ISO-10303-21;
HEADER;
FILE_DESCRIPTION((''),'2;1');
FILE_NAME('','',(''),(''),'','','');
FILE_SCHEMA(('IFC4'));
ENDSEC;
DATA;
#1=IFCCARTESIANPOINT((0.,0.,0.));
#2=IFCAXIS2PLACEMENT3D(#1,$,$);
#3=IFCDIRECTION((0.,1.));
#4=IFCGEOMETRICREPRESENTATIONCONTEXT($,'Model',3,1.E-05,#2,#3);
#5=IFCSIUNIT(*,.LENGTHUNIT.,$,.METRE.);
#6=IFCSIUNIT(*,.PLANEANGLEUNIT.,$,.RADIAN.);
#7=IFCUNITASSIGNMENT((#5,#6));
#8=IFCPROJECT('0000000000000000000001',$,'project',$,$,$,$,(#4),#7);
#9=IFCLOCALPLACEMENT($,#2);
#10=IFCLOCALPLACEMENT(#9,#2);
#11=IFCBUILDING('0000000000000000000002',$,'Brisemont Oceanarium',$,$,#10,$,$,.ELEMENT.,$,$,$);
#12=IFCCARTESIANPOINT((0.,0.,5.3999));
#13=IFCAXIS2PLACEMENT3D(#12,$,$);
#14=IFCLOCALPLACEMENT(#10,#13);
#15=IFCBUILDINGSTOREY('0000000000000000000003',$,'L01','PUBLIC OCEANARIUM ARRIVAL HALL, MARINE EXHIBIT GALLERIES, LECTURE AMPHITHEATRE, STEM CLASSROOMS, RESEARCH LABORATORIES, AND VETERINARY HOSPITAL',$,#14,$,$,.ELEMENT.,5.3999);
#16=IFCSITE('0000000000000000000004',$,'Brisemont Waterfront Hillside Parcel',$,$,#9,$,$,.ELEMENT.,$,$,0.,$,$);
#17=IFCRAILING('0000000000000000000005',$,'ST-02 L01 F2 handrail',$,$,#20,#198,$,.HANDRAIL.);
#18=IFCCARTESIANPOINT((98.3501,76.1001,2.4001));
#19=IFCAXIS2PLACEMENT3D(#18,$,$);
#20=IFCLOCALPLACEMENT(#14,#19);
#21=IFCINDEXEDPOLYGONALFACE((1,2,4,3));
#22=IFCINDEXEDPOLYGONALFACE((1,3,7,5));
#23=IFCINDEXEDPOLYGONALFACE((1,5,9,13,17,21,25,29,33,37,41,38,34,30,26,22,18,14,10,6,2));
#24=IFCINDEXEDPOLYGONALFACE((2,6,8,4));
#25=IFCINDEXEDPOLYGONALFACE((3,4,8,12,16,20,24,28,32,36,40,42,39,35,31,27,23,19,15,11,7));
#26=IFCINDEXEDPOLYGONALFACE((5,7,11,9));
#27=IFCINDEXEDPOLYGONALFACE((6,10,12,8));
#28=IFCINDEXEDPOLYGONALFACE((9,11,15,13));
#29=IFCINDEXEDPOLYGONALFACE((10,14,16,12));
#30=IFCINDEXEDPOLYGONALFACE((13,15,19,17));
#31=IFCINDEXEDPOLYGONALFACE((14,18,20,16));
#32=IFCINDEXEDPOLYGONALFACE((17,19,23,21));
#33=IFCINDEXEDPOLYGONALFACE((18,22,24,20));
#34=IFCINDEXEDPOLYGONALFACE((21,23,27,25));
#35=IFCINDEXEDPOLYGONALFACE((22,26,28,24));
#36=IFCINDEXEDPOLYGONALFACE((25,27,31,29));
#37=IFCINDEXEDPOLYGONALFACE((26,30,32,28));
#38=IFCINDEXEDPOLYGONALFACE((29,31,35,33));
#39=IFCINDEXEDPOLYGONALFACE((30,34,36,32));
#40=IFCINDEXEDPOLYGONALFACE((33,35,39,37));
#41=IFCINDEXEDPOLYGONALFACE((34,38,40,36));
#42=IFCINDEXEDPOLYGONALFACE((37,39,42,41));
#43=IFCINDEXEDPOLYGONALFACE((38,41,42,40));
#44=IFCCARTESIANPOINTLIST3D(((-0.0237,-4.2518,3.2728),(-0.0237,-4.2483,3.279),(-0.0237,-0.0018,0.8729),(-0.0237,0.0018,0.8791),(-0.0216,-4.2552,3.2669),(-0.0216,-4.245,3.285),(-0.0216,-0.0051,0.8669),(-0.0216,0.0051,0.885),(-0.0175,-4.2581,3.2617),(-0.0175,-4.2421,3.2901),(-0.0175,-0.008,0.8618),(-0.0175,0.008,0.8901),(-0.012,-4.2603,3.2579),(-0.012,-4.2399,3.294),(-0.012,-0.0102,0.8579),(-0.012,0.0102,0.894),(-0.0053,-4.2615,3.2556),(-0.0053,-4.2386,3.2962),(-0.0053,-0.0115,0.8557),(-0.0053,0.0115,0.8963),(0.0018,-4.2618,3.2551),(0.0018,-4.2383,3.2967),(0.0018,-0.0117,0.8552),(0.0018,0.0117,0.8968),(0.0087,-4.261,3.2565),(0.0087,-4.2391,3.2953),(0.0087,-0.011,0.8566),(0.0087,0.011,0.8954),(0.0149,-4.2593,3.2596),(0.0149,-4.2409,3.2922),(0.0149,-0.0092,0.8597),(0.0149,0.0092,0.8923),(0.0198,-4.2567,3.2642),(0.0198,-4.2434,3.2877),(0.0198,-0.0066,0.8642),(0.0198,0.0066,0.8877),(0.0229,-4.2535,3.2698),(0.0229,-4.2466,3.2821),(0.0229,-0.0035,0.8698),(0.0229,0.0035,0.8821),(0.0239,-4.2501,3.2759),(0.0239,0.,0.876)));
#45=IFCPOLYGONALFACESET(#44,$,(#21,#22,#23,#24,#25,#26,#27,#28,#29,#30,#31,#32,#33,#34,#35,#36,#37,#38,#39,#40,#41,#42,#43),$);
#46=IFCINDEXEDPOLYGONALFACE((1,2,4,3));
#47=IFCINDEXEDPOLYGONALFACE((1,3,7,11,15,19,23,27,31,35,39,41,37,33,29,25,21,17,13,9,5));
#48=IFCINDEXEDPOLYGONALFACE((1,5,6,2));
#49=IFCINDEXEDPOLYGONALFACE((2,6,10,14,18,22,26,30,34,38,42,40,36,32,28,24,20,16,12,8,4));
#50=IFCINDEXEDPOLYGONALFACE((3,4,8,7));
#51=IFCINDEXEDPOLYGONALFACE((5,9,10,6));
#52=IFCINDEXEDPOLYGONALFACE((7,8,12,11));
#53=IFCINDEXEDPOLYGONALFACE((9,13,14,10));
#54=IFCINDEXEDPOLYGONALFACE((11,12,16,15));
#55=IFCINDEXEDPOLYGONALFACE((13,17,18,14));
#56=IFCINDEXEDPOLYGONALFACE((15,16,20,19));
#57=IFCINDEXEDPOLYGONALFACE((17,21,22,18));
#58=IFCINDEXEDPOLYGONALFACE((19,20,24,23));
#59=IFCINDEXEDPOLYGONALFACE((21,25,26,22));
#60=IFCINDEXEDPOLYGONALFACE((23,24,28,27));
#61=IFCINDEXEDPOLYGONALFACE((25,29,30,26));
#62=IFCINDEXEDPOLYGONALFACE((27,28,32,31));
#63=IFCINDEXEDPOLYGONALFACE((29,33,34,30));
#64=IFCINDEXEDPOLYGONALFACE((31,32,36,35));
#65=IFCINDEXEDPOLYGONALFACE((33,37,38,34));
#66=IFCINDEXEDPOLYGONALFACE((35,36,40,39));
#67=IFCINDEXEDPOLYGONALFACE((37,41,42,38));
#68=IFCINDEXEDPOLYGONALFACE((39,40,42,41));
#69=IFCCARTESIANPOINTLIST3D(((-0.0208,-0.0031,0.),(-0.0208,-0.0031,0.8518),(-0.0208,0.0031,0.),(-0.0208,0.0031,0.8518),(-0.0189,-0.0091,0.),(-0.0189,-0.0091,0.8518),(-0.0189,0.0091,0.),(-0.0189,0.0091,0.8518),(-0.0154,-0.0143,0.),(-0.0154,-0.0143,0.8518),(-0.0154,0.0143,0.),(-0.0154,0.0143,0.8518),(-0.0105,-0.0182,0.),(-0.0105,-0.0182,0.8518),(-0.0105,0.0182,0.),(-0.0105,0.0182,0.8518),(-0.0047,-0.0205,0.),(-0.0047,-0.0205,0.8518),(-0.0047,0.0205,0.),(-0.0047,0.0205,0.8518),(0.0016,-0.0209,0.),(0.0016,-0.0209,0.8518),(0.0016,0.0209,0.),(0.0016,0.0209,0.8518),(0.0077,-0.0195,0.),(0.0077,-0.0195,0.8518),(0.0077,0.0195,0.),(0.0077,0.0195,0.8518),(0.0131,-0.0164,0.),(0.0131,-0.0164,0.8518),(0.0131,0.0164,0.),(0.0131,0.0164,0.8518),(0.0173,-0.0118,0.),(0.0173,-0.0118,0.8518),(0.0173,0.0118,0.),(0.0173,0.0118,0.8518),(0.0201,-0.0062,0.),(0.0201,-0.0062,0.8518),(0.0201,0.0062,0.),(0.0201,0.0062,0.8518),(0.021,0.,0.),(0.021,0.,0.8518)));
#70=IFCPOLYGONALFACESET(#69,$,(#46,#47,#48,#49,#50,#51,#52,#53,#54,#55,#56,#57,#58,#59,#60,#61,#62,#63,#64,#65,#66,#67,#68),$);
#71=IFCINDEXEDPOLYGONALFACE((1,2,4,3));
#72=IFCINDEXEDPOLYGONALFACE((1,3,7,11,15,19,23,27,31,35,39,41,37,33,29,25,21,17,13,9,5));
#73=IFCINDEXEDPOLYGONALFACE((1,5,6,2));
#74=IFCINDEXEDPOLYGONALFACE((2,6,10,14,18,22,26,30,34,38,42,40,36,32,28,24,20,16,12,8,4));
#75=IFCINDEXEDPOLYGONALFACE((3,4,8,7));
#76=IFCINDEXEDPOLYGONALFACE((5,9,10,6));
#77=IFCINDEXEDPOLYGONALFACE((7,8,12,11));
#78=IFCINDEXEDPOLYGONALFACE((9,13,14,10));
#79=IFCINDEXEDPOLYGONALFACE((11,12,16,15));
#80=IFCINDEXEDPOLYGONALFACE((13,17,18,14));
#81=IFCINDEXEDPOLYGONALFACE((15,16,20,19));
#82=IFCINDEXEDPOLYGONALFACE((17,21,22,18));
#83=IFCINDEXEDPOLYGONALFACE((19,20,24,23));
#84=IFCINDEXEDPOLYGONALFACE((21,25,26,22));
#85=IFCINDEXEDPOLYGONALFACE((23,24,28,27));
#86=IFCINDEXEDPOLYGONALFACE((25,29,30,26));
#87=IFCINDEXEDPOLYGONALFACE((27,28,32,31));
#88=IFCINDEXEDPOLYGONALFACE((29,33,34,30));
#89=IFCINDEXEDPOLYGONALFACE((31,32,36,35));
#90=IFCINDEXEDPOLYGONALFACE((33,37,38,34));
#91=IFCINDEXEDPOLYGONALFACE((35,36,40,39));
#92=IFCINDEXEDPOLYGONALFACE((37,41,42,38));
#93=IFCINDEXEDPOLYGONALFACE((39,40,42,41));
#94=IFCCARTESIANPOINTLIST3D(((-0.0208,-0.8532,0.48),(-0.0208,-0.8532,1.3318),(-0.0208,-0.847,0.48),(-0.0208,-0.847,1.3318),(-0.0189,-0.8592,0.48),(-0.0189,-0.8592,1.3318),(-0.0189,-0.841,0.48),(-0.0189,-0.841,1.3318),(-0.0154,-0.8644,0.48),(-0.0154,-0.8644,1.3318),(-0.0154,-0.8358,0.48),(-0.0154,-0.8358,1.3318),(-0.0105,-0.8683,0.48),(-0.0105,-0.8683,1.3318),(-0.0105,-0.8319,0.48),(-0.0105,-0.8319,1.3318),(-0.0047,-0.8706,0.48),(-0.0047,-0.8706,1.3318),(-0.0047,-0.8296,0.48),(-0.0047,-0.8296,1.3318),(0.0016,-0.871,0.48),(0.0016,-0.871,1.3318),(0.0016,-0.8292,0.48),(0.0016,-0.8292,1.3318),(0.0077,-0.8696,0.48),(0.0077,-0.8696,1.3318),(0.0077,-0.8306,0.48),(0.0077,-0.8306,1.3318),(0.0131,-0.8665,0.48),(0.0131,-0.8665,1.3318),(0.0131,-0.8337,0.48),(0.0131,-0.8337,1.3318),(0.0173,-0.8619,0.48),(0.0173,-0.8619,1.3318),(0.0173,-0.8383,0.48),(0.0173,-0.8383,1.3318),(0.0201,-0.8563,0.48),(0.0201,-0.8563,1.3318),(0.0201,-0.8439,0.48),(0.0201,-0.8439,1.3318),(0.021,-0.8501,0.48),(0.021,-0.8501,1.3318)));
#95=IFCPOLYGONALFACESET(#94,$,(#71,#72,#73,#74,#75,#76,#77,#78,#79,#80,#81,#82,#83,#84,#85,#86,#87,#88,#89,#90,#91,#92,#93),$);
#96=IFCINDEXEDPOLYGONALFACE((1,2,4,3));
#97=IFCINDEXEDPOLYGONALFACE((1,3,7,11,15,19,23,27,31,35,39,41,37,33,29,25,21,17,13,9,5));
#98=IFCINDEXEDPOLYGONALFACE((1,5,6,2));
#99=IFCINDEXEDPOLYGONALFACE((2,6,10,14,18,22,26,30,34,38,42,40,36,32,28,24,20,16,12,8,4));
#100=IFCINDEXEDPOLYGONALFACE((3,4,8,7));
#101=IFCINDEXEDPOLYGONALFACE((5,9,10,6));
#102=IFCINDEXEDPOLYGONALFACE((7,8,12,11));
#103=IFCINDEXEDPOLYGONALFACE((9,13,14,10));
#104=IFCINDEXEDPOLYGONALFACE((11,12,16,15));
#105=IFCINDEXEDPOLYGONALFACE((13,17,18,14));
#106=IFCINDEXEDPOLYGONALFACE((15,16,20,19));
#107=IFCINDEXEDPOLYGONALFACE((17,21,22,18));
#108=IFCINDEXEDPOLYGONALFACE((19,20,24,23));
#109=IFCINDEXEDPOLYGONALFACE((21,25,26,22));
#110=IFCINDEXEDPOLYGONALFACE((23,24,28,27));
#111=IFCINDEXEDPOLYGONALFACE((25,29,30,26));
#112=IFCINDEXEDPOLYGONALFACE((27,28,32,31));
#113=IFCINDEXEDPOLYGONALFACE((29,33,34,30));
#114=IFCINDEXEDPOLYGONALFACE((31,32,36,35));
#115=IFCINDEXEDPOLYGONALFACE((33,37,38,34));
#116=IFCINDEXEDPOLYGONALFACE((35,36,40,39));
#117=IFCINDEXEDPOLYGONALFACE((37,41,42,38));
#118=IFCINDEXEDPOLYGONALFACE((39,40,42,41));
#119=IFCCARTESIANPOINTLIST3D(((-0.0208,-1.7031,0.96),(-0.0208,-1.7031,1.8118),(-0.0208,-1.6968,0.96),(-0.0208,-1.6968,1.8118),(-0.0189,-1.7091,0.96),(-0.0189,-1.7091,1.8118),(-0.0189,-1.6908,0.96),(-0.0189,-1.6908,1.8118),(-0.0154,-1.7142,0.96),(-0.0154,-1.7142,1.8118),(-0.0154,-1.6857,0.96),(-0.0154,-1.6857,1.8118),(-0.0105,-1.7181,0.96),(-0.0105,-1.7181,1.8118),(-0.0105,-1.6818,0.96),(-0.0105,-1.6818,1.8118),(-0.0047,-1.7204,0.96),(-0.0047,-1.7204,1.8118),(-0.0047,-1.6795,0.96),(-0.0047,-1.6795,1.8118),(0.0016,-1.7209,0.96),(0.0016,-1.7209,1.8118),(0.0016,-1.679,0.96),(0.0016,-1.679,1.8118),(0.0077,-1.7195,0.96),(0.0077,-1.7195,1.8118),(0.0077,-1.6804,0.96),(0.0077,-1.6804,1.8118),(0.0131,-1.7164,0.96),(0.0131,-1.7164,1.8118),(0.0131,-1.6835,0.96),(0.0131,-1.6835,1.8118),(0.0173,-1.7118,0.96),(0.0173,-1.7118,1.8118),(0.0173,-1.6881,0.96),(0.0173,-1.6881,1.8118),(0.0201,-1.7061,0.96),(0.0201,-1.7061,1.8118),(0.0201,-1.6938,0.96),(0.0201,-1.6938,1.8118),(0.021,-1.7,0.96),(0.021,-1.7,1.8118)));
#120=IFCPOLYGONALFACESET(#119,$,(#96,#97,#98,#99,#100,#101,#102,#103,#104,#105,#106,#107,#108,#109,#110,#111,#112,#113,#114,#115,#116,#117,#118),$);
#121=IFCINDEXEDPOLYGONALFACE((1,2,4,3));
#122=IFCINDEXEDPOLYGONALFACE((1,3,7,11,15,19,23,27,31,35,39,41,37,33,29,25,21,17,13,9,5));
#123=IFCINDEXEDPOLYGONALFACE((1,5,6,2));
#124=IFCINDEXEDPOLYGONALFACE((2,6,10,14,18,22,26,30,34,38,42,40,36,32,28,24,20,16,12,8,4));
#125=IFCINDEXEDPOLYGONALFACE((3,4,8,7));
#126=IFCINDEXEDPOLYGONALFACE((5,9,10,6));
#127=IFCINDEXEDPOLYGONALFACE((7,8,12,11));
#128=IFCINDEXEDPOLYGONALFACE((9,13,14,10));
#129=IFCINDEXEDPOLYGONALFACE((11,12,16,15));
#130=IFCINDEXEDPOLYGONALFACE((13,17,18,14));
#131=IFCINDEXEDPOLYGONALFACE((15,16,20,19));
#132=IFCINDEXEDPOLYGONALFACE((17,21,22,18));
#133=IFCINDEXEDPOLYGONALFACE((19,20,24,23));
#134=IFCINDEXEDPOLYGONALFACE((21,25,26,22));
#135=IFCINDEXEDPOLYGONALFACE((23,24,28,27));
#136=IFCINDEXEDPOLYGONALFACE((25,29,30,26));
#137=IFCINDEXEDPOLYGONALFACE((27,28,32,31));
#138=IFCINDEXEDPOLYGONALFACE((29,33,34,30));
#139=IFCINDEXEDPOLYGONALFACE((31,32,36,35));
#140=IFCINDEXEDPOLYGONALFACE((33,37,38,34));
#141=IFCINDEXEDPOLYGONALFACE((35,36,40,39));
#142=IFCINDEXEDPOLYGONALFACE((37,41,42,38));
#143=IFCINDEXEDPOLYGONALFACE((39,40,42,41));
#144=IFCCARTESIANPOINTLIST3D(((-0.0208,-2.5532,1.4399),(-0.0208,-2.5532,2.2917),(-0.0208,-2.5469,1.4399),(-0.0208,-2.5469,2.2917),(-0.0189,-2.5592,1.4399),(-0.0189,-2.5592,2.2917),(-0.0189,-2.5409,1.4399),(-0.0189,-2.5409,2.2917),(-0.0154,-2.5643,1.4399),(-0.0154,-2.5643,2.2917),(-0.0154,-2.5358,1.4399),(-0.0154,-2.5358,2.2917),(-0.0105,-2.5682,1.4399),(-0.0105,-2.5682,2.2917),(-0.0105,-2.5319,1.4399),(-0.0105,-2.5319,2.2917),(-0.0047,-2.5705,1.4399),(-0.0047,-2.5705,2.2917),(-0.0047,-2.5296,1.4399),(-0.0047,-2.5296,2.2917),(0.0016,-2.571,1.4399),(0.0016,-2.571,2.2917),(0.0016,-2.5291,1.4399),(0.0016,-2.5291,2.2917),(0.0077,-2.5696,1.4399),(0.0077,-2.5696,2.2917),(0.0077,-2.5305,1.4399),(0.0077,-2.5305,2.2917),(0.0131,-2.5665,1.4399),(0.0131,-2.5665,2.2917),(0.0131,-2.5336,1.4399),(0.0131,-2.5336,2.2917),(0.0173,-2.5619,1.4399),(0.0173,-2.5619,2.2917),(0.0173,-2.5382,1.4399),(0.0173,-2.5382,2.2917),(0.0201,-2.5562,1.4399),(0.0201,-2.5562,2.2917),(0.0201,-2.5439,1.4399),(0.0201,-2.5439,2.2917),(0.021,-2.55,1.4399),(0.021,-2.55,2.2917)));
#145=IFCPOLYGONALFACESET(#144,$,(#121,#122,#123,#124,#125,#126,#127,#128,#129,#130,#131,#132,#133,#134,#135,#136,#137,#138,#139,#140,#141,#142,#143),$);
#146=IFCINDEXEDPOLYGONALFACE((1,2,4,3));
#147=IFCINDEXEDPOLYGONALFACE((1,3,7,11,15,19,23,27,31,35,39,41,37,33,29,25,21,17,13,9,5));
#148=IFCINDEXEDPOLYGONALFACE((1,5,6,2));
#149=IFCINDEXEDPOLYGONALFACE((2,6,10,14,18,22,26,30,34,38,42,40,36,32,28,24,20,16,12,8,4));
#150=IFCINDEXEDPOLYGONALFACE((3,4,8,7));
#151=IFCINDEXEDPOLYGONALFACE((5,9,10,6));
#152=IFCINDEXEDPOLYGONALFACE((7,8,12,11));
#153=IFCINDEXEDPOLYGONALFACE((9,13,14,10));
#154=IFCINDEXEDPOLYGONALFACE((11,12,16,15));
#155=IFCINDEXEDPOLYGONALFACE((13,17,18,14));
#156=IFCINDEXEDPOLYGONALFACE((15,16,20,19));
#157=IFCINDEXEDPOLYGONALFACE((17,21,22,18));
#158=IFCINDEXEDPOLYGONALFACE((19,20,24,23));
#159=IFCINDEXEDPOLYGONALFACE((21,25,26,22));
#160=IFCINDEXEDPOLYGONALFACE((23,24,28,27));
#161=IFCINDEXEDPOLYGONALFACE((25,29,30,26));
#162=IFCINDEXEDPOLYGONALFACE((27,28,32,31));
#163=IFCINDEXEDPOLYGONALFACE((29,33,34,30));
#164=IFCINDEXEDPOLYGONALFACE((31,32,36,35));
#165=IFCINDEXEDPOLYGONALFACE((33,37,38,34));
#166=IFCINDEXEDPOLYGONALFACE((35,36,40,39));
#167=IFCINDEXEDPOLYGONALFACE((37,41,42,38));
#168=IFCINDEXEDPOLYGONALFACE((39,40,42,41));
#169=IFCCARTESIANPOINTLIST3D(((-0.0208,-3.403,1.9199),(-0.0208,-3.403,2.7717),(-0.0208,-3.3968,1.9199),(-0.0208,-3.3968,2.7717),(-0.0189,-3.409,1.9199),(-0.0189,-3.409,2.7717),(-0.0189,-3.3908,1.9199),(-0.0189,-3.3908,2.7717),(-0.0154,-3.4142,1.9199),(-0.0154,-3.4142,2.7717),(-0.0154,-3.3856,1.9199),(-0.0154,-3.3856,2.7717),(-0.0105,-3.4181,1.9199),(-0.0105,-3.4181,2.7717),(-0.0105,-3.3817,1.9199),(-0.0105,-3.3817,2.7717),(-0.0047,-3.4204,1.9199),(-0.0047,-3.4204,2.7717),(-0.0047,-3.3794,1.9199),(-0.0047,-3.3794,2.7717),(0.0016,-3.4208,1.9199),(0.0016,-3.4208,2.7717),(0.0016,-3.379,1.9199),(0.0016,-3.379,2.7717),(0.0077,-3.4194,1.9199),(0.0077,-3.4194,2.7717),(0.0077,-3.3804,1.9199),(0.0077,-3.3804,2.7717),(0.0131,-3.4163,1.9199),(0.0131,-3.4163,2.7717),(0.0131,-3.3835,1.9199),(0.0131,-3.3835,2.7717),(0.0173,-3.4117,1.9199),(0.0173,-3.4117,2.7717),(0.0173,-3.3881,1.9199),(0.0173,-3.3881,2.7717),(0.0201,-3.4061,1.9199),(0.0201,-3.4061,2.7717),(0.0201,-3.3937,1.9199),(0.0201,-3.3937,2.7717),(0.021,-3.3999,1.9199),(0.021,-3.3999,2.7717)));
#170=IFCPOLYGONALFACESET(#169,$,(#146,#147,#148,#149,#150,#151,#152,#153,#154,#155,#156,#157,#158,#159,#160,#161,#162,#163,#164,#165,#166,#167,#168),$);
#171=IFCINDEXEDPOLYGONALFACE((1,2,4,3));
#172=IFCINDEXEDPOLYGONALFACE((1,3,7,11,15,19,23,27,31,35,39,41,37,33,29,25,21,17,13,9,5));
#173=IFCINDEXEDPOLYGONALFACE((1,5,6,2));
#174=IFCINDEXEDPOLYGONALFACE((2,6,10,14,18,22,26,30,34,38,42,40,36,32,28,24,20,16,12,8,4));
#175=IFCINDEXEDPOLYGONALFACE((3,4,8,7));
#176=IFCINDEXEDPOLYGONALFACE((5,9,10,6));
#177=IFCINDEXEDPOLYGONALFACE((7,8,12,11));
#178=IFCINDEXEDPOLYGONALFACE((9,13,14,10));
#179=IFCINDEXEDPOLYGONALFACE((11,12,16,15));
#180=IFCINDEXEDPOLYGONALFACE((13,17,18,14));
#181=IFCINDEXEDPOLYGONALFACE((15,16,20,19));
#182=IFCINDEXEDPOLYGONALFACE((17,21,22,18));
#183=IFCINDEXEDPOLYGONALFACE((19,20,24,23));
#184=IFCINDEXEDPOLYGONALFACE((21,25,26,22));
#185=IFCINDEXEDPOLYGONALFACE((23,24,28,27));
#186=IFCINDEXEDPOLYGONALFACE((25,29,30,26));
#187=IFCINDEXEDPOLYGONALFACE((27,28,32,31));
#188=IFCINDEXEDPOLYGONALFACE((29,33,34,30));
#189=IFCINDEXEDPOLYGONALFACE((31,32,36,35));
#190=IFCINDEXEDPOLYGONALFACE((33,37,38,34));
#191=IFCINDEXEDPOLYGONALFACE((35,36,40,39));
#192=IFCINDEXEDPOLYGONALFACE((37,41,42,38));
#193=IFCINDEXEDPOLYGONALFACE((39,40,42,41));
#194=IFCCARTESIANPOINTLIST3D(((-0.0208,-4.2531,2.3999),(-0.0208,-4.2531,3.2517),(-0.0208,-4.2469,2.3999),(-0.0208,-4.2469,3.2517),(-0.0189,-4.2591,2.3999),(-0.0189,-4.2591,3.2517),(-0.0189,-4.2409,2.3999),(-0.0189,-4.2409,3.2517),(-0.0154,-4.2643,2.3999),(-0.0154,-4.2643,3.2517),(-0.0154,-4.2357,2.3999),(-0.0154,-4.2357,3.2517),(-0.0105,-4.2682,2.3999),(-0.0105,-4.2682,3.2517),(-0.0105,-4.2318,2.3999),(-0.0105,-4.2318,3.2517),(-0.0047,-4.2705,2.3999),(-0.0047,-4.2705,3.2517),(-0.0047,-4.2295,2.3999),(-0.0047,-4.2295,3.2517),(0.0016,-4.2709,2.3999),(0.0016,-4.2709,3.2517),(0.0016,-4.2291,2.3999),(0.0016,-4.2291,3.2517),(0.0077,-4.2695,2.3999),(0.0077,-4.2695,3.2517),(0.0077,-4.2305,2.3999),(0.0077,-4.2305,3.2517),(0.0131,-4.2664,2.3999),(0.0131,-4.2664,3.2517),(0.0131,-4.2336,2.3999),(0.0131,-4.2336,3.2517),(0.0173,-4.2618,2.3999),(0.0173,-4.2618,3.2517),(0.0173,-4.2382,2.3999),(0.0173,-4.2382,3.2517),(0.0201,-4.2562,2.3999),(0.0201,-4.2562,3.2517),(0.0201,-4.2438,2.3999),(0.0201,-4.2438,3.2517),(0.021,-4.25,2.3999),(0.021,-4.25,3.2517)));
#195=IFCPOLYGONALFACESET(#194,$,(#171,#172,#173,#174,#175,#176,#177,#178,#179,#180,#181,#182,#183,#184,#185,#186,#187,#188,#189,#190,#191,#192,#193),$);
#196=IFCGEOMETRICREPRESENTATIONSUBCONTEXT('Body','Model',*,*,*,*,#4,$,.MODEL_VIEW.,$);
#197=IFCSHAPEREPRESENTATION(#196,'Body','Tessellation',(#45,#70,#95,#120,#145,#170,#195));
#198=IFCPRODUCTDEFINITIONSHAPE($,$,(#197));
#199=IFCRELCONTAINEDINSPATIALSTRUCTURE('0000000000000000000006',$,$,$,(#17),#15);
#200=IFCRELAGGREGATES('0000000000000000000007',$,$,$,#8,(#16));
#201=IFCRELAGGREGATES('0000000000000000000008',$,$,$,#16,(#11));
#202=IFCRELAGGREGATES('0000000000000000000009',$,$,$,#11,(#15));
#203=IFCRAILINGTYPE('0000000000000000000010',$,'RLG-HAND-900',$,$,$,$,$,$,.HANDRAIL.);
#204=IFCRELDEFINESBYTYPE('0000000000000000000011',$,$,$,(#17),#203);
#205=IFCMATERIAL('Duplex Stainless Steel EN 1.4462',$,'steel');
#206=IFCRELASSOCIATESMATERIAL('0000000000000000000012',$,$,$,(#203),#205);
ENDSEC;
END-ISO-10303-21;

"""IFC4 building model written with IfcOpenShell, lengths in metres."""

from ifc_helpers import new_model, si_unit, direction, frame, origin, origin_2d, place, context, subcontext, project, spatial, circle, extrude, material, type_object, element, save


model = new_model("IFC4")

# Units and contexts
model_context = context("Model", 3, precision=1e-05, world=origin(), true_north=direction((0.0, 1.0)))
body_context = subcontext(model_context, "Body", "Model", "MODEL_VIEW")
ifc_project = project(units=[si_unit("LENGTHUNIT", "METRE"), si_unit("PLANEANGLEUNIT", "RADIAN")], contexts=[model_context])

# Site, building, storey
site_placement = place(None, origin())
site = spatial("IfcSite", under=ifc_project, at=site_placement, Name="Brisemont Waterfront Hillside Parcel", CompositionType="ELEMENT", RefElevation=0.0)
building_placement = place(site_placement, origin())
building = spatial("IfcBuilding", under=site, at=building_placement, Name="Brisemont Oceanarium", CompositionType="ELEMENT")
storey_placement = place(building_placement, frame((0.0, 0.0, 5.3999)))
storey = spatial("IfcBuildingStorey", under=building, at=storey_placement, Name="L01", Description="PUBLIC OCEANARIUM ARRIVAL HALL, MARINE EXHIBIT GALLERIES, LECTURE AMPHITHEATRE, STEM CLASSROOMS, RESEARCH LABORATORIES, AND VETERINARY HOSPITAL", CompositionType="ELEMENT", Elevation=5.3999)

# Railing
ifc_material_1 = material(Name="Duplex Stainless Steel EN 1.4462", Category="steel")
railing_type_1 = type_object("IfcRailingType", Name="RLG-HAND-900", PredefinedType="HANDRAIL", material=ifc_material_1)
railing_1_placement = place(storey_placement, frame((98.3501, 76.1001, 2.4001)))
element("IfcRailing", 1, at=railing_1_placement, inside=storey, type_object=railing_type_1, Name="ST-02 L01 F2 handrail", PredefinedType="HANDRAIL", context=body_context, shape_type="SweptSolid", body=[
    extrude(circle(Radius=0.0239, at=origin_2d()), frame((0.0, 0.0, 0.876), z_axis=(0.0, -0.870762, 0.491704), x_axis=(1.0, 0.0, 0.0)), (0.0, 0.0, 1.0), 4.8809),
    extrude(circle(Radius=0.021, at=origin_2d()), origin(), (0.0, 0.0, 1.0), 0.8518),
    extrude(circle(Radius=0.021, at=origin_2d()), frame((0.0, -0.8501, 0.48)), (0.0, 0.0, 1.0), 0.8518),
    extrude(circle(Radius=0.021, at=origin_2d()), frame((0.0, -1.7, 0.96)), (0.0, 0.0, 1.0), 0.8518),
    extrude(circle(Radius=0.021, at=origin_2d()), frame((0.0, -2.55, 1.4399)), (0.0, 0.0, 1.0), 0.8518),
    extrude(circle(Radius=0.021, at=origin_2d()), frame((0.0, -3.3999, 1.9199)), (0.0, 0.0, 1.0), 0.8518),
    extrude(circle(Radius=0.021, at=origin_2d()), frame((0.0, -4.25, 2.3999)), (0.0, 0.0, 1.0), 0.8518),
])

save(model, "model.ifc")
